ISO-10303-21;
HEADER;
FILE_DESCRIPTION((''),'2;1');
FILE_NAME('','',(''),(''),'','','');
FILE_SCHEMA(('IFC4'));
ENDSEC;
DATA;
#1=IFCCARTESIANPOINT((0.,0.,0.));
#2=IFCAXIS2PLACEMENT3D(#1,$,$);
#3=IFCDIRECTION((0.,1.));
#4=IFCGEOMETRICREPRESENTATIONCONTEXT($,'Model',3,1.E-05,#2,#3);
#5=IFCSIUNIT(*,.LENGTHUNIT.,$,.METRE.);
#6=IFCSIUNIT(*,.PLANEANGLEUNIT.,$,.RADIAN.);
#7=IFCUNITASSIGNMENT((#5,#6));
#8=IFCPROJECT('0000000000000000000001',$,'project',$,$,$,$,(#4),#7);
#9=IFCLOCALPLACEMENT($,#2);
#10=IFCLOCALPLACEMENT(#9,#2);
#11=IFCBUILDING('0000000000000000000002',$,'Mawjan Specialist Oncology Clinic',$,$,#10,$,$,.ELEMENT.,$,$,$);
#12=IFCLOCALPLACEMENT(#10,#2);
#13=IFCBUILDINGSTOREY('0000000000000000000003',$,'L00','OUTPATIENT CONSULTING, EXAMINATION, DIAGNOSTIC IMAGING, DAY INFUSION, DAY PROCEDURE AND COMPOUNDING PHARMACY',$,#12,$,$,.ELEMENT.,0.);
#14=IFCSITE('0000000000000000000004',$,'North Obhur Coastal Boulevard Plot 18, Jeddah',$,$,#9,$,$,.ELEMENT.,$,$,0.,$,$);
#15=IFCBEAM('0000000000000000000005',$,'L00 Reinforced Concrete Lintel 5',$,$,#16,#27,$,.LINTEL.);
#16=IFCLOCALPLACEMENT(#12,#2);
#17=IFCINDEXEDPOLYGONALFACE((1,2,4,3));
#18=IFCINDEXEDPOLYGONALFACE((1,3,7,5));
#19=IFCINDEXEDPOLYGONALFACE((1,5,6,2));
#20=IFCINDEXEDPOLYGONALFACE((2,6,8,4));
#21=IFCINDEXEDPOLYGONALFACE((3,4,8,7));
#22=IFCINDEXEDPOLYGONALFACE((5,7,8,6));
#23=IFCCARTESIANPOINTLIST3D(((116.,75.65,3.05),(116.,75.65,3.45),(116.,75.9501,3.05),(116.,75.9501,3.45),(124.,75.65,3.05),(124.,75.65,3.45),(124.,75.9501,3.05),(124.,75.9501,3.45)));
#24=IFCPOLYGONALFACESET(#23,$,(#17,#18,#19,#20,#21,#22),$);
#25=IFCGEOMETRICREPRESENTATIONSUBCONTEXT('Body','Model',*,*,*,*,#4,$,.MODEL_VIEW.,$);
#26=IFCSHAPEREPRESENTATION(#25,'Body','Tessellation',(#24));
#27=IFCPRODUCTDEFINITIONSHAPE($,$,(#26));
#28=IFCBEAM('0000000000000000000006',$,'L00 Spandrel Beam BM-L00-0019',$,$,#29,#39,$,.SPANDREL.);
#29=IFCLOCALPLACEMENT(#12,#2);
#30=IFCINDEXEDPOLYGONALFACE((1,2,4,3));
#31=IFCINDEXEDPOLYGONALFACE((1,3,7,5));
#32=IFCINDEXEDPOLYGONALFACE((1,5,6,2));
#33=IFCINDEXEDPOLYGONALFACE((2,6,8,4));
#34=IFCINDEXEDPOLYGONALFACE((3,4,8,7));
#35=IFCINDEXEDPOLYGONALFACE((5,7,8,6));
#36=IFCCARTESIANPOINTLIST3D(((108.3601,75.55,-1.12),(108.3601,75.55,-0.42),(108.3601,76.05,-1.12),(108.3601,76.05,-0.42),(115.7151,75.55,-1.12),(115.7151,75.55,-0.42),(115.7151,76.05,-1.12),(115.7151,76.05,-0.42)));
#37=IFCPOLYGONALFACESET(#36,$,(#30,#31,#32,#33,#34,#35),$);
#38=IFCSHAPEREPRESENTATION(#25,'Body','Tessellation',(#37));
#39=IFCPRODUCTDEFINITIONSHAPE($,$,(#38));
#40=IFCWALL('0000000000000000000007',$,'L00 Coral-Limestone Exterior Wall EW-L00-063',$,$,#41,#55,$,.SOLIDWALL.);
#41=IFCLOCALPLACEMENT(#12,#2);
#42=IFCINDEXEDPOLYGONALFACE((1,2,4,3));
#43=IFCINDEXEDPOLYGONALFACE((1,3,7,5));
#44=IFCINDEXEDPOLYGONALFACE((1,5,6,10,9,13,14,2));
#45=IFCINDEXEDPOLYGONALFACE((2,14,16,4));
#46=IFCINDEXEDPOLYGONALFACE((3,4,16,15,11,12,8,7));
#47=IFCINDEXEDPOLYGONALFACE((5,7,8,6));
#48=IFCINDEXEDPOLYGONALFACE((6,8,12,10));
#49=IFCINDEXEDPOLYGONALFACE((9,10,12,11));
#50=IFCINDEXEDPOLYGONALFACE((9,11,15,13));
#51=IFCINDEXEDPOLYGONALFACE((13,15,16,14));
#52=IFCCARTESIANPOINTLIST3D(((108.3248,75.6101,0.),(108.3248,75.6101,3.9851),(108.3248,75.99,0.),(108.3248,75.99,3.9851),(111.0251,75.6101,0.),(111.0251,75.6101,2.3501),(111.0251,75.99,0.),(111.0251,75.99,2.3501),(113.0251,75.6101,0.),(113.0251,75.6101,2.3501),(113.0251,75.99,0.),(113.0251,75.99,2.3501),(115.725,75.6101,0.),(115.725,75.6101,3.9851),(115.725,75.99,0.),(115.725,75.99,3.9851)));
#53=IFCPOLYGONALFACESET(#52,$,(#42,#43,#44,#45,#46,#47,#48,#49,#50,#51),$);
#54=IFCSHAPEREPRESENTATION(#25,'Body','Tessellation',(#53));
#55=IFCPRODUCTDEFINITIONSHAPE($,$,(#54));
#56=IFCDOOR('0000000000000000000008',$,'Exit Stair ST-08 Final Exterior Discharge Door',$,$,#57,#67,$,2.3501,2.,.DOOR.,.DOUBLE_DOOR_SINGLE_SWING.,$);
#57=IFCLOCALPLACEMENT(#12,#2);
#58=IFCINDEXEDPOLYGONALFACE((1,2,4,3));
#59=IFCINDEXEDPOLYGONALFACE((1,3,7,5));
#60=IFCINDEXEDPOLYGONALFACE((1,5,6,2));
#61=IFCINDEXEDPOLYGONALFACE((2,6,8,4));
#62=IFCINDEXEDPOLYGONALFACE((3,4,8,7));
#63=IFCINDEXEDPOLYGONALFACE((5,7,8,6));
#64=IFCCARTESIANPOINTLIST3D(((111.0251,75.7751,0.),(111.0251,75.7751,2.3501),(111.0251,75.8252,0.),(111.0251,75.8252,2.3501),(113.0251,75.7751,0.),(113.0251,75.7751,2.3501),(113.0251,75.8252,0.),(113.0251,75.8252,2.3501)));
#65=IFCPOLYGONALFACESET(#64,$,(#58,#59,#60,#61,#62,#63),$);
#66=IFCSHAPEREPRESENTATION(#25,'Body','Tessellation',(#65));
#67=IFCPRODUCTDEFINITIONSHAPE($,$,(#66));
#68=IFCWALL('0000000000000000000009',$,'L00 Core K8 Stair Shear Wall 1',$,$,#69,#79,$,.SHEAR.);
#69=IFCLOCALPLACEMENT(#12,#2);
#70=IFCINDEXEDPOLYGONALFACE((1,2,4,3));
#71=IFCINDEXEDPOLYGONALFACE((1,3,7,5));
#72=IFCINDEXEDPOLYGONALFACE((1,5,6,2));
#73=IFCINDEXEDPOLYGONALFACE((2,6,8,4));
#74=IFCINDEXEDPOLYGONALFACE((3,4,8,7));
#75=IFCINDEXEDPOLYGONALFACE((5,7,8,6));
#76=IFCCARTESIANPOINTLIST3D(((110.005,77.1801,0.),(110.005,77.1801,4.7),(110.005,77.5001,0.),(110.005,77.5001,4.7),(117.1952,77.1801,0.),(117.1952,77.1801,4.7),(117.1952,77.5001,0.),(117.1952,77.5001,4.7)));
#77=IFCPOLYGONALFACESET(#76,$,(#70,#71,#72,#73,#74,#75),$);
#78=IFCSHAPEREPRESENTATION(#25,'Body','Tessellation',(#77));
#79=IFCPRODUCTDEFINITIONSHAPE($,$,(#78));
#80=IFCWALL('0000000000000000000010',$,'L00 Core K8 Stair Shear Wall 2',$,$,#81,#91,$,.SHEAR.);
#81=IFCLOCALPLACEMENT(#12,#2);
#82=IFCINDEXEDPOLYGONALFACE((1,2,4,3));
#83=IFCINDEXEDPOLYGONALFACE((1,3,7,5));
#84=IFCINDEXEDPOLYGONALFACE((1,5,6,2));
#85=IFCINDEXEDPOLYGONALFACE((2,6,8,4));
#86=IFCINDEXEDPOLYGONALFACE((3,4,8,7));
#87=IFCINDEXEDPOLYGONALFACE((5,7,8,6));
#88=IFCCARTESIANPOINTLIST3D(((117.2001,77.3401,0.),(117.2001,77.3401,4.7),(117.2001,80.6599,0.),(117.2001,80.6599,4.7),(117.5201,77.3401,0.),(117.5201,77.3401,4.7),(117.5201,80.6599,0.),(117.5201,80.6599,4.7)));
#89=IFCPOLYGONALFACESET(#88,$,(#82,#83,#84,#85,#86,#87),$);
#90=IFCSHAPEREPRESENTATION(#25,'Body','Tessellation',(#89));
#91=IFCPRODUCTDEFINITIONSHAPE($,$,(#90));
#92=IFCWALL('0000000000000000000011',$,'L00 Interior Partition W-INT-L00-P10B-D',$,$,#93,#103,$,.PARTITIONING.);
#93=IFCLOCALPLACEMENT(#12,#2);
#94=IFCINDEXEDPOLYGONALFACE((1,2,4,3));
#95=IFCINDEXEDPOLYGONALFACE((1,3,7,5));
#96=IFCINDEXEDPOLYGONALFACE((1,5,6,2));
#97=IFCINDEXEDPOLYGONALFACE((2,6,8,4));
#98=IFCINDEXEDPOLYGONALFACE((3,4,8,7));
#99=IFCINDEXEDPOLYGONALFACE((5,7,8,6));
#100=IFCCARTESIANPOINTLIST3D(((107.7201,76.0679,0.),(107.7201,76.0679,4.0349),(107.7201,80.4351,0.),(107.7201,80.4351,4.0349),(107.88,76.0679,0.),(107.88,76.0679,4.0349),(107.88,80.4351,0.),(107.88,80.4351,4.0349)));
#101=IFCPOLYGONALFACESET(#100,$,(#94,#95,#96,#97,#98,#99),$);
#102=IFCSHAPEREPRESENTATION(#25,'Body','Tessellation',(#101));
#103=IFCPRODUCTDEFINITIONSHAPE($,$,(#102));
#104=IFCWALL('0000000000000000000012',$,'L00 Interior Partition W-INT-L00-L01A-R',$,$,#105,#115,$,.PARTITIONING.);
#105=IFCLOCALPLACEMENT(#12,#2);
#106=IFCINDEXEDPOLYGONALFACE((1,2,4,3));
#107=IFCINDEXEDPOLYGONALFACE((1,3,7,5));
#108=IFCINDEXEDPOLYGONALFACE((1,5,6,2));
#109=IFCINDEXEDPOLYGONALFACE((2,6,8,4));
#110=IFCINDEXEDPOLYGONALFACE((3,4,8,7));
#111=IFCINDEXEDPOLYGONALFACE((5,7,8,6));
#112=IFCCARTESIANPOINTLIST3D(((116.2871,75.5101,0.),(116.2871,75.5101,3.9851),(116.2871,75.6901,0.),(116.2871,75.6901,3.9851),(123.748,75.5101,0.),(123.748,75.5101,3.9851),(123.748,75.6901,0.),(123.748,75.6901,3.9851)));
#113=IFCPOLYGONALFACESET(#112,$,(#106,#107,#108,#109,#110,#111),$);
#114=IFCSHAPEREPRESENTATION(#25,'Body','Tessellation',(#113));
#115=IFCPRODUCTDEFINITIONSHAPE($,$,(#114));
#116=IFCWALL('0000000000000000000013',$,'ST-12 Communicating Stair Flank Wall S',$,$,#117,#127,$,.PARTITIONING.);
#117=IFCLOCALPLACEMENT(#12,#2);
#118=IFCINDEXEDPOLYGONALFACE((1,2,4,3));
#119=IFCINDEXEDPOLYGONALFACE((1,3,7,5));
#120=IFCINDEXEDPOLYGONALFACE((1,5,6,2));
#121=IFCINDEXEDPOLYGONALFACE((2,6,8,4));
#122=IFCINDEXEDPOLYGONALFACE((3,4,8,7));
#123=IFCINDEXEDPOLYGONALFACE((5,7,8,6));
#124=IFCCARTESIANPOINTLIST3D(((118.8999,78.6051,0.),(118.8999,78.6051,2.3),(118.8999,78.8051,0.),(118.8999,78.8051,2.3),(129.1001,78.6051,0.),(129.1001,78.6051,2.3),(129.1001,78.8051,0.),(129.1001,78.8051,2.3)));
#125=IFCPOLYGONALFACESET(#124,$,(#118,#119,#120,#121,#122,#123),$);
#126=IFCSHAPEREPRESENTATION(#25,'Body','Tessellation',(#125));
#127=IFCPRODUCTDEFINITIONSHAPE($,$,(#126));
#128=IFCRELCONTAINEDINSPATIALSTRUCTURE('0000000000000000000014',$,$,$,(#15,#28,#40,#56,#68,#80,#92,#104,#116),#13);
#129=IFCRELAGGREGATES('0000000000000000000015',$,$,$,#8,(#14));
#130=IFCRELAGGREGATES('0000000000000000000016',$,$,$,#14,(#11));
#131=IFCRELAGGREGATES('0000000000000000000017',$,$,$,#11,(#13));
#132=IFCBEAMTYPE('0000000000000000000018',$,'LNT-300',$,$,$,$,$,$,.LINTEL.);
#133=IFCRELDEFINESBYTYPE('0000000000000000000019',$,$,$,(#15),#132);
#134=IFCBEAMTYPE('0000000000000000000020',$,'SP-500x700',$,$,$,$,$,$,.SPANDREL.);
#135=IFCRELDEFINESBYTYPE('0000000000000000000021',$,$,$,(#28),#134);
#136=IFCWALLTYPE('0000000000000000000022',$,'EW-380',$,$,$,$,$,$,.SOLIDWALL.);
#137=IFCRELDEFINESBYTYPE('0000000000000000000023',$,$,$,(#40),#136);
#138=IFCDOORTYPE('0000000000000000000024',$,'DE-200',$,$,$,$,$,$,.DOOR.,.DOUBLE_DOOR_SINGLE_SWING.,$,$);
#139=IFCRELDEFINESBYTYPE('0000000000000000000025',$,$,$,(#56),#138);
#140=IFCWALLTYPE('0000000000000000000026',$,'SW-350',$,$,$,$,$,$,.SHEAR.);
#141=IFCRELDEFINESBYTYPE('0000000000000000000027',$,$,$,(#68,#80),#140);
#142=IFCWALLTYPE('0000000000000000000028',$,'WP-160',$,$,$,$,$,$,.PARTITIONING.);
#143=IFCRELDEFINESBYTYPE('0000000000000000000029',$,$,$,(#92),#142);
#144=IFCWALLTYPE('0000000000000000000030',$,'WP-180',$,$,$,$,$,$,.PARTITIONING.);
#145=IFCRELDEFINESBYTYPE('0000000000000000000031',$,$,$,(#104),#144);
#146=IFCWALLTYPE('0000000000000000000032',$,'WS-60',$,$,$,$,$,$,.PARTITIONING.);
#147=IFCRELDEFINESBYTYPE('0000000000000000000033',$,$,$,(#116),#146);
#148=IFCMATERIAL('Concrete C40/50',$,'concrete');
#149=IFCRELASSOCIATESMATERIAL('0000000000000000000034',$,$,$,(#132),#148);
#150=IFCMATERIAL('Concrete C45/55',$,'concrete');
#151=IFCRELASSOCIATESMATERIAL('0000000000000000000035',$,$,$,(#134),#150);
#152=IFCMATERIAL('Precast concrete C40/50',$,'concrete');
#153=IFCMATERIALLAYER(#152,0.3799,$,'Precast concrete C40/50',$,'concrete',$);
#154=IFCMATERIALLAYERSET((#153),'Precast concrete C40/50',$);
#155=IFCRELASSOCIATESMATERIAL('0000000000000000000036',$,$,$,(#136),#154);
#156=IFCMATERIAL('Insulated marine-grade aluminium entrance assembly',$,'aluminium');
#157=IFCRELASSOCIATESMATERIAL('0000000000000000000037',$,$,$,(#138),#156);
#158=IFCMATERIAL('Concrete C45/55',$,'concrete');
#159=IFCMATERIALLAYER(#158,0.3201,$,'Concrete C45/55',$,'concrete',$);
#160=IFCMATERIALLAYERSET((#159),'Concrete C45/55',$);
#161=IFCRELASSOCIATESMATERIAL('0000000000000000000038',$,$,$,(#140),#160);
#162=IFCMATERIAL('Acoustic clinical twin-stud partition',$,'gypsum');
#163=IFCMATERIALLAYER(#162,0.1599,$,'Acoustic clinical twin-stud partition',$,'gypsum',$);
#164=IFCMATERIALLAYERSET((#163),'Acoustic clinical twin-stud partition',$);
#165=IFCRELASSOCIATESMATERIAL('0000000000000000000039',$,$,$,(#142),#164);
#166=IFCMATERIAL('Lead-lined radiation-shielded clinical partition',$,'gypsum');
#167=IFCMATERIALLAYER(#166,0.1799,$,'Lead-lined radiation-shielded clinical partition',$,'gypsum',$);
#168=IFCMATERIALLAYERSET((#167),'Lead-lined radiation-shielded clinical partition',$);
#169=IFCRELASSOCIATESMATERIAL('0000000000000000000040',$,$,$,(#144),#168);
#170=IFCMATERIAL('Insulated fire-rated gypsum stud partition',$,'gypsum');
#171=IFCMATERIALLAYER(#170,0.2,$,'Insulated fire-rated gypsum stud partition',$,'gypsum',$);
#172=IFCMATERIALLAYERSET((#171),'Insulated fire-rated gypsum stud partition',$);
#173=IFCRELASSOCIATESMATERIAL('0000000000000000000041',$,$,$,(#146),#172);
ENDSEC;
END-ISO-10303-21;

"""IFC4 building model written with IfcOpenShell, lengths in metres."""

from ifc_helpers import new_model, si_unit, direction, frame, frame_2d, origin, origin_2d, place, context, subcontext, project, spatial, rectangle, extrude, material, layer, layer_set, material_profile, profile_set, type_object, element, fill, save


model = new_model("IFC4")

# Units and contexts
model_context = context("Model", 3, precision=1e-05, world=origin(), true_north=direction((0.0, 1.0)))
body_context = subcontext(model_context, "Body", "Model", "MODEL_VIEW")
ifc_project = project(units=[si_unit("LENGTHUNIT", "METRE"), si_unit("PLANEANGLEUNIT", "RADIAN")], contexts=[model_context])

# Site, building, storey
site_placement = place(None, origin())
site = spatial("IfcSite", under=ifc_project, at=site_placement, Name="North Obhur Coastal Boulevard Plot 18, Jeddah", CompositionType="ELEMENT", RefElevation=0.0)
building_placement = place(site_placement, origin())
building = spatial("IfcBuilding", under=site, at=building_placement, Name="Mawjan Specialist Oncology Clinic", CompositionType="ELEMENT")
storey_placement = place(building_placement, origin())
storey = spatial("IfcBuildingStorey", under=building, at=storey_placement, Name="L00", Description="OUTPATIENT CONSULTING, EXAMINATION, DIAGNOSTIC IMAGING, DAY INFUSION, DAY PROCEDURE AND COMPOUNDING PHARMACY", CompositionType="ELEMENT", Elevation=0.0)

# Beams
ifc_material_1 = material(Name="Concrete C40/50", Category="concrete")
ifc_material_profile_1 = material_profile(ifc_material_1, rectangle(XDim=0.3, YDim=0.3999, at=origin_2d()), Name="RC LINTEL 300x400", Category="concrete")
ifc_profile_set_1 = profile_set([ifc_material_profile_1], Name="Concrete C40/50")
beam_type_1 = type_object("IfcBeamType", Name="LNT-300", PredefinedType="LINTEL", material=ifc_profile_set_1)
beam_1_placement = place(storey_placement, frame((116.0, 75.8, 3.25), z_axis=(1.0, 0.0, 0.0), x_axis=(0.0, 1.0, 0.0)))
element("IfcBeam", 1, at=beam_1_placement, inside=storey, type_object=beam_type_1, Name="L00 Reinforced Concrete Lintel 5", PredefinedType="LINTEL", context=body_context, shape_type="SweptSolid", body=[
    extrude(rectangle(XDim=0.3, YDim=0.3999, at=origin_2d()), origin(), (0.0, 0.0, 1.0), 8.0),
])
ifc_material_2 = material(Name="Concrete C45/55", Category="concrete")
ifc_material_profile_2 = material_profile(ifc_material_2, rectangle(XDim=0.5, YDim=0.7, at=origin_2d()), Name="RC BM 500x700", Category="concrete")
ifc_profile_set_2 = profile_set([ifc_material_profile_2], Name="Concrete C45/55")
beam_type_2 = type_object("IfcBeamType", Name="SP-500x700", PredefinedType="SPANDREL", material=ifc_profile_set_2)
beam_2_placement = place(storey_placement, frame((108.3601, 75.8, -0.77), z_axis=(1.0, 0.0, 0.0), x_axis=(0.0, 1.0, 0.0)))
element("IfcBeam", 2, at=beam_2_placement, inside=storey, type_object=beam_type_2, Name="L00 Spandrel Beam BM-L00-0019", PredefinedType="SPANDREL", context=body_context, shape_type="SweptSolid", body=[
    extrude(rectangle(XDim=0.5, YDim=0.7, at=origin_2d()), origin(), (0.0, 0.0, 1.0), 7.355),
])

# Wall, opening, door
ifc_material_3 = material(Name="Precast concrete C40/50", Category="concrete")
ifc_layer_1 = layer(ifc_material_3, 0.3799, Name="Precast concrete C40/50", Category="concrete")
ifc_layer_set_1 = layer_set([ifc_layer_1], Name="Precast concrete C40/50")
wall_type_1 = type_object("IfcWallType", Name="EW-380", PredefinedType="SOLIDWALL", material=ifc_layer_set_1)
wall_1_placement = place(storey_placement, frame((115.7251, 75.8, 0.0), z_axis=(0.0, 0.0, 1.0), x_axis=(-1.0, 0.0, 0.0)))
wall_1 = element("IfcWall", 3, at=wall_1_placement, inside=storey, type_object=wall_type_1, Name="L00 Coral-Limestone Exterior Wall EW-L00-063", PredefinedType="SOLIDWALL", context=body_context, shape_type="SweptSolid", body=[
    extrude(rectangle(XDim=7.4001, YDim=0.3799, at=frame_2d((3.7002, 0.0))), origin(), (0.0, 0.0, 1.0), 3.9851),
])
opening_placement = place(wall_1_placement, frame((2.7, 0.0, 0.0)))
opening = element("IfcOpeningElement", 4, at=opening_placement, cuts=wall_1, PredefinedType="OPENING", context=body_context, shape_type="SweptSolid", body=[
    extrude(rectangle(XDim=2.0, YDim=2.3501, at=frame_2d((1.0, 1.175))), frame((0.0, 0.2019, 0.0), z_axis=(0.0, -1.0, 0.0), x_axis=(1.0, 0.0, 0.0)), (0.0, 0.0, 1.0), 0.4038),
])
ifc_material_4 = material(Name="Insulated marine-grade aluminium entrance assembly", Category="aluminium")
door_type = type_object("IfcDoorType", Name="DE-200", OperationType="DOUBLE_DOOR_SINGLE_SWING", PredefinedType="DOOR", material=ifc_material_4)
door_placement = place(opening_placement, origin())
door = element("IfcDoor", 5, at=door_placement, inside=storey, type_object=door_type, Name="Exit Stair ST-08 Final Exterior Discharge Door", OperationType="DOUBLE_DOOR_SINGLE_SWING", OverallHeight=2.3501, OverallWidth=2.0, PredefinedType="DOOR", context=body_context, shape_type="SweptSolid", body=[
    extrude(rectangle(XDim=2.0, YDim=2.3501, at=frame_2d((1.0, 1.175))), frame((0.0, 0.0249, 0.0), z_axis=(0.0, -1.0, 0.0), x_axis=(1.0, 0.0, 0.0)), (0.0, 0.0, 1.0), 0.05),
])
fill(opening, door)

# Walls
ifc_material_5 = material(Name="Concrete C45/55", Category="concrete")
ifc_layer_2 = layer(ifc_material_5, 0.3201, Name="Concrete C45/55", Category="concrete")
ifc_layer_set_2 = layer_set([ifc_layer_2], Name="Concrete C45/55")
wall_type_2 = type_object("IfcWallType", Name="SW-350", PredefinedType="SHEAR", material=ifc_layer_set_2)
wall_2_placement = place(storey_placement, frame((110.0049, 77.3401, 0.0), z_axis=(0.0, 0.0, 1.0), x_axis=(1.0, 0.0, 0.0)))
element("IfcWall", 6, at=wall_2_placement, inside=storey, type_object=wall_type_2, Name="L00 Core K8 Stair Shear Wall 1", PredefinedType="SHEAR", context=body_context, shape_type="SweptSolid", body=[
    extrude(rectangle(XDim=7.1902, YDim=0.3201, at=frame_2d((3.5952, 0.0))), origin(), (0.0, 0.0, 1.0), 4.7),
])
wall_3_placement = place(storey_placement, frame((117.3601, 77.3401, 0.0), z_axis=(0.0, 0.0, 1.0), x_axis=(0.0, 1.0, 0.0)))
element("IfcWall", 7, at=wall_3_placement, inside=storey, type_object=wall_type_2, Name="L00 Core K8 Stair Shear Wall 2", PredefinedType="SHEAR", context=body_context, shape_type="SweptSolid", body=[
    extrude(rectangle(XDim=3.3198, YDim=0.3201, at=frame_2d((1.6599, 0.0))), origin(), (0.0, 0.0, 1.0), 4.7),
])
ifc_material_6 = material(Name="Acoustic clinical twin-stud partition", Category="gypsum")
ifc_layer_3 = layer(ifc_material_6, 0.1599, Name="Acoustic clinical twin-stud partition", Category="gypsum")
ifc_layer_set_3 = layer_set([ifc_layer_3], Name="Acoustic clinical twin-stud partition")
wall_type_3 = type_object("IfcWallType", Name="WP-160", PredefinedType="PARTITIONING", material=ifc_layer_set_3)
wall_4_placement = place(storey_placement, frame((107.8, 76.0679, 0.0), z_axis=(0.0, 0.0, 1.0), x_axis=(0.0, 1.0, 0.0)))
element("IfcWall", 8, at=wall_4_placement, inside=storey, type_object=wall_type_3, Name="L00 Interior Partition W-INT-L00-P10B-D", PredefinedType="PARTITIONING", context=body_context, shape_type="SweptSolid", body=[
    extrude(rectangle(XDim=4.3672, YDim=0.1599, at=frame_2d((2.1836, 0.0))), origin(), (0.0, 0.0, 1.0), 4.0349),
])
ifc_material_7 = material(Name="Lead-lined radiation-shielded clinical partition", Category="gypsum")
ifc_layer_4 = layer(ifc_material_7, 0.1799, Name="Lead-lined radiation-shielded clinical partition", Category="gypsum")
ifc_layer_set_4 = layer_set([ifc_layer_4], Name="Lead-lined radiation-shielded clinical partition")
wall_type_4 = type_object("IfcWallType", Name="WP-180", PredefinedType="PARTITIONING", material=ifc_layer_set_4)
wall_5_placement = place(storey_placement, frame((116.2871, 75.6001, 0.0), z_axis=(0.0, 0.0, 1.0), x_axis=(1.0, 0.0, 0.0)))
element("IfcWall", 9, at=wall_5_placement, inside=storey, type_object=wall_type_4, Name="L00 Interior Partition W-INT-L00-L01A-R", PredefinedType="PARTITIONING", context=body_context, shape_type="SweptSolid", body=[
    extrude(rectangle(XDim=7.4609, YDim=0.1799, at=frame_2d((3.7305, 0.0))), origin(), (0.0, 0.0, 1.0), 3.9851),
])
ifc_material_8 = material(Name="Insulated fire-rated gypsum stud partition", Category="gypsum")
ifc_layer_5 = layer(ifc_material_8, 0.2, Name="Insulated fire-rated gypsum stud partition", Category="gypsum")
ifc_layer_set_5 = layer_set([ifc_layer_5], Name="Insulated fire-rated gypsum stud partition")
wall_type_5 = type_object("IfcWallType", Name="WS-60", PredefinedType="PARTITIONING", material=ifc_layer_set_5)
wall_6_placement = place(storey_placement, frame((118.8999, 78.7051, 0.0), z_axis=(0.0, 0.0, 1.0), x_axis=(1.0, 0.0, 0.0)))
element("IfcWall", 10, at=wall_6_placement, inside=storey, type_object=wall_type_5, Name="ST-12 Communicating Stair Flank Wall S", PredefinedType="PARTITIONING", context=body_context, shape_type="SweptSolid", body=[
    extrude(rectangle(XDim=10.2002, YDim=0.2, at=frame_2d((5.1001, 0.0))), origin(), (0.0, 0.0, 1.0), 2.3),
])

save(model, "model.ifc")
